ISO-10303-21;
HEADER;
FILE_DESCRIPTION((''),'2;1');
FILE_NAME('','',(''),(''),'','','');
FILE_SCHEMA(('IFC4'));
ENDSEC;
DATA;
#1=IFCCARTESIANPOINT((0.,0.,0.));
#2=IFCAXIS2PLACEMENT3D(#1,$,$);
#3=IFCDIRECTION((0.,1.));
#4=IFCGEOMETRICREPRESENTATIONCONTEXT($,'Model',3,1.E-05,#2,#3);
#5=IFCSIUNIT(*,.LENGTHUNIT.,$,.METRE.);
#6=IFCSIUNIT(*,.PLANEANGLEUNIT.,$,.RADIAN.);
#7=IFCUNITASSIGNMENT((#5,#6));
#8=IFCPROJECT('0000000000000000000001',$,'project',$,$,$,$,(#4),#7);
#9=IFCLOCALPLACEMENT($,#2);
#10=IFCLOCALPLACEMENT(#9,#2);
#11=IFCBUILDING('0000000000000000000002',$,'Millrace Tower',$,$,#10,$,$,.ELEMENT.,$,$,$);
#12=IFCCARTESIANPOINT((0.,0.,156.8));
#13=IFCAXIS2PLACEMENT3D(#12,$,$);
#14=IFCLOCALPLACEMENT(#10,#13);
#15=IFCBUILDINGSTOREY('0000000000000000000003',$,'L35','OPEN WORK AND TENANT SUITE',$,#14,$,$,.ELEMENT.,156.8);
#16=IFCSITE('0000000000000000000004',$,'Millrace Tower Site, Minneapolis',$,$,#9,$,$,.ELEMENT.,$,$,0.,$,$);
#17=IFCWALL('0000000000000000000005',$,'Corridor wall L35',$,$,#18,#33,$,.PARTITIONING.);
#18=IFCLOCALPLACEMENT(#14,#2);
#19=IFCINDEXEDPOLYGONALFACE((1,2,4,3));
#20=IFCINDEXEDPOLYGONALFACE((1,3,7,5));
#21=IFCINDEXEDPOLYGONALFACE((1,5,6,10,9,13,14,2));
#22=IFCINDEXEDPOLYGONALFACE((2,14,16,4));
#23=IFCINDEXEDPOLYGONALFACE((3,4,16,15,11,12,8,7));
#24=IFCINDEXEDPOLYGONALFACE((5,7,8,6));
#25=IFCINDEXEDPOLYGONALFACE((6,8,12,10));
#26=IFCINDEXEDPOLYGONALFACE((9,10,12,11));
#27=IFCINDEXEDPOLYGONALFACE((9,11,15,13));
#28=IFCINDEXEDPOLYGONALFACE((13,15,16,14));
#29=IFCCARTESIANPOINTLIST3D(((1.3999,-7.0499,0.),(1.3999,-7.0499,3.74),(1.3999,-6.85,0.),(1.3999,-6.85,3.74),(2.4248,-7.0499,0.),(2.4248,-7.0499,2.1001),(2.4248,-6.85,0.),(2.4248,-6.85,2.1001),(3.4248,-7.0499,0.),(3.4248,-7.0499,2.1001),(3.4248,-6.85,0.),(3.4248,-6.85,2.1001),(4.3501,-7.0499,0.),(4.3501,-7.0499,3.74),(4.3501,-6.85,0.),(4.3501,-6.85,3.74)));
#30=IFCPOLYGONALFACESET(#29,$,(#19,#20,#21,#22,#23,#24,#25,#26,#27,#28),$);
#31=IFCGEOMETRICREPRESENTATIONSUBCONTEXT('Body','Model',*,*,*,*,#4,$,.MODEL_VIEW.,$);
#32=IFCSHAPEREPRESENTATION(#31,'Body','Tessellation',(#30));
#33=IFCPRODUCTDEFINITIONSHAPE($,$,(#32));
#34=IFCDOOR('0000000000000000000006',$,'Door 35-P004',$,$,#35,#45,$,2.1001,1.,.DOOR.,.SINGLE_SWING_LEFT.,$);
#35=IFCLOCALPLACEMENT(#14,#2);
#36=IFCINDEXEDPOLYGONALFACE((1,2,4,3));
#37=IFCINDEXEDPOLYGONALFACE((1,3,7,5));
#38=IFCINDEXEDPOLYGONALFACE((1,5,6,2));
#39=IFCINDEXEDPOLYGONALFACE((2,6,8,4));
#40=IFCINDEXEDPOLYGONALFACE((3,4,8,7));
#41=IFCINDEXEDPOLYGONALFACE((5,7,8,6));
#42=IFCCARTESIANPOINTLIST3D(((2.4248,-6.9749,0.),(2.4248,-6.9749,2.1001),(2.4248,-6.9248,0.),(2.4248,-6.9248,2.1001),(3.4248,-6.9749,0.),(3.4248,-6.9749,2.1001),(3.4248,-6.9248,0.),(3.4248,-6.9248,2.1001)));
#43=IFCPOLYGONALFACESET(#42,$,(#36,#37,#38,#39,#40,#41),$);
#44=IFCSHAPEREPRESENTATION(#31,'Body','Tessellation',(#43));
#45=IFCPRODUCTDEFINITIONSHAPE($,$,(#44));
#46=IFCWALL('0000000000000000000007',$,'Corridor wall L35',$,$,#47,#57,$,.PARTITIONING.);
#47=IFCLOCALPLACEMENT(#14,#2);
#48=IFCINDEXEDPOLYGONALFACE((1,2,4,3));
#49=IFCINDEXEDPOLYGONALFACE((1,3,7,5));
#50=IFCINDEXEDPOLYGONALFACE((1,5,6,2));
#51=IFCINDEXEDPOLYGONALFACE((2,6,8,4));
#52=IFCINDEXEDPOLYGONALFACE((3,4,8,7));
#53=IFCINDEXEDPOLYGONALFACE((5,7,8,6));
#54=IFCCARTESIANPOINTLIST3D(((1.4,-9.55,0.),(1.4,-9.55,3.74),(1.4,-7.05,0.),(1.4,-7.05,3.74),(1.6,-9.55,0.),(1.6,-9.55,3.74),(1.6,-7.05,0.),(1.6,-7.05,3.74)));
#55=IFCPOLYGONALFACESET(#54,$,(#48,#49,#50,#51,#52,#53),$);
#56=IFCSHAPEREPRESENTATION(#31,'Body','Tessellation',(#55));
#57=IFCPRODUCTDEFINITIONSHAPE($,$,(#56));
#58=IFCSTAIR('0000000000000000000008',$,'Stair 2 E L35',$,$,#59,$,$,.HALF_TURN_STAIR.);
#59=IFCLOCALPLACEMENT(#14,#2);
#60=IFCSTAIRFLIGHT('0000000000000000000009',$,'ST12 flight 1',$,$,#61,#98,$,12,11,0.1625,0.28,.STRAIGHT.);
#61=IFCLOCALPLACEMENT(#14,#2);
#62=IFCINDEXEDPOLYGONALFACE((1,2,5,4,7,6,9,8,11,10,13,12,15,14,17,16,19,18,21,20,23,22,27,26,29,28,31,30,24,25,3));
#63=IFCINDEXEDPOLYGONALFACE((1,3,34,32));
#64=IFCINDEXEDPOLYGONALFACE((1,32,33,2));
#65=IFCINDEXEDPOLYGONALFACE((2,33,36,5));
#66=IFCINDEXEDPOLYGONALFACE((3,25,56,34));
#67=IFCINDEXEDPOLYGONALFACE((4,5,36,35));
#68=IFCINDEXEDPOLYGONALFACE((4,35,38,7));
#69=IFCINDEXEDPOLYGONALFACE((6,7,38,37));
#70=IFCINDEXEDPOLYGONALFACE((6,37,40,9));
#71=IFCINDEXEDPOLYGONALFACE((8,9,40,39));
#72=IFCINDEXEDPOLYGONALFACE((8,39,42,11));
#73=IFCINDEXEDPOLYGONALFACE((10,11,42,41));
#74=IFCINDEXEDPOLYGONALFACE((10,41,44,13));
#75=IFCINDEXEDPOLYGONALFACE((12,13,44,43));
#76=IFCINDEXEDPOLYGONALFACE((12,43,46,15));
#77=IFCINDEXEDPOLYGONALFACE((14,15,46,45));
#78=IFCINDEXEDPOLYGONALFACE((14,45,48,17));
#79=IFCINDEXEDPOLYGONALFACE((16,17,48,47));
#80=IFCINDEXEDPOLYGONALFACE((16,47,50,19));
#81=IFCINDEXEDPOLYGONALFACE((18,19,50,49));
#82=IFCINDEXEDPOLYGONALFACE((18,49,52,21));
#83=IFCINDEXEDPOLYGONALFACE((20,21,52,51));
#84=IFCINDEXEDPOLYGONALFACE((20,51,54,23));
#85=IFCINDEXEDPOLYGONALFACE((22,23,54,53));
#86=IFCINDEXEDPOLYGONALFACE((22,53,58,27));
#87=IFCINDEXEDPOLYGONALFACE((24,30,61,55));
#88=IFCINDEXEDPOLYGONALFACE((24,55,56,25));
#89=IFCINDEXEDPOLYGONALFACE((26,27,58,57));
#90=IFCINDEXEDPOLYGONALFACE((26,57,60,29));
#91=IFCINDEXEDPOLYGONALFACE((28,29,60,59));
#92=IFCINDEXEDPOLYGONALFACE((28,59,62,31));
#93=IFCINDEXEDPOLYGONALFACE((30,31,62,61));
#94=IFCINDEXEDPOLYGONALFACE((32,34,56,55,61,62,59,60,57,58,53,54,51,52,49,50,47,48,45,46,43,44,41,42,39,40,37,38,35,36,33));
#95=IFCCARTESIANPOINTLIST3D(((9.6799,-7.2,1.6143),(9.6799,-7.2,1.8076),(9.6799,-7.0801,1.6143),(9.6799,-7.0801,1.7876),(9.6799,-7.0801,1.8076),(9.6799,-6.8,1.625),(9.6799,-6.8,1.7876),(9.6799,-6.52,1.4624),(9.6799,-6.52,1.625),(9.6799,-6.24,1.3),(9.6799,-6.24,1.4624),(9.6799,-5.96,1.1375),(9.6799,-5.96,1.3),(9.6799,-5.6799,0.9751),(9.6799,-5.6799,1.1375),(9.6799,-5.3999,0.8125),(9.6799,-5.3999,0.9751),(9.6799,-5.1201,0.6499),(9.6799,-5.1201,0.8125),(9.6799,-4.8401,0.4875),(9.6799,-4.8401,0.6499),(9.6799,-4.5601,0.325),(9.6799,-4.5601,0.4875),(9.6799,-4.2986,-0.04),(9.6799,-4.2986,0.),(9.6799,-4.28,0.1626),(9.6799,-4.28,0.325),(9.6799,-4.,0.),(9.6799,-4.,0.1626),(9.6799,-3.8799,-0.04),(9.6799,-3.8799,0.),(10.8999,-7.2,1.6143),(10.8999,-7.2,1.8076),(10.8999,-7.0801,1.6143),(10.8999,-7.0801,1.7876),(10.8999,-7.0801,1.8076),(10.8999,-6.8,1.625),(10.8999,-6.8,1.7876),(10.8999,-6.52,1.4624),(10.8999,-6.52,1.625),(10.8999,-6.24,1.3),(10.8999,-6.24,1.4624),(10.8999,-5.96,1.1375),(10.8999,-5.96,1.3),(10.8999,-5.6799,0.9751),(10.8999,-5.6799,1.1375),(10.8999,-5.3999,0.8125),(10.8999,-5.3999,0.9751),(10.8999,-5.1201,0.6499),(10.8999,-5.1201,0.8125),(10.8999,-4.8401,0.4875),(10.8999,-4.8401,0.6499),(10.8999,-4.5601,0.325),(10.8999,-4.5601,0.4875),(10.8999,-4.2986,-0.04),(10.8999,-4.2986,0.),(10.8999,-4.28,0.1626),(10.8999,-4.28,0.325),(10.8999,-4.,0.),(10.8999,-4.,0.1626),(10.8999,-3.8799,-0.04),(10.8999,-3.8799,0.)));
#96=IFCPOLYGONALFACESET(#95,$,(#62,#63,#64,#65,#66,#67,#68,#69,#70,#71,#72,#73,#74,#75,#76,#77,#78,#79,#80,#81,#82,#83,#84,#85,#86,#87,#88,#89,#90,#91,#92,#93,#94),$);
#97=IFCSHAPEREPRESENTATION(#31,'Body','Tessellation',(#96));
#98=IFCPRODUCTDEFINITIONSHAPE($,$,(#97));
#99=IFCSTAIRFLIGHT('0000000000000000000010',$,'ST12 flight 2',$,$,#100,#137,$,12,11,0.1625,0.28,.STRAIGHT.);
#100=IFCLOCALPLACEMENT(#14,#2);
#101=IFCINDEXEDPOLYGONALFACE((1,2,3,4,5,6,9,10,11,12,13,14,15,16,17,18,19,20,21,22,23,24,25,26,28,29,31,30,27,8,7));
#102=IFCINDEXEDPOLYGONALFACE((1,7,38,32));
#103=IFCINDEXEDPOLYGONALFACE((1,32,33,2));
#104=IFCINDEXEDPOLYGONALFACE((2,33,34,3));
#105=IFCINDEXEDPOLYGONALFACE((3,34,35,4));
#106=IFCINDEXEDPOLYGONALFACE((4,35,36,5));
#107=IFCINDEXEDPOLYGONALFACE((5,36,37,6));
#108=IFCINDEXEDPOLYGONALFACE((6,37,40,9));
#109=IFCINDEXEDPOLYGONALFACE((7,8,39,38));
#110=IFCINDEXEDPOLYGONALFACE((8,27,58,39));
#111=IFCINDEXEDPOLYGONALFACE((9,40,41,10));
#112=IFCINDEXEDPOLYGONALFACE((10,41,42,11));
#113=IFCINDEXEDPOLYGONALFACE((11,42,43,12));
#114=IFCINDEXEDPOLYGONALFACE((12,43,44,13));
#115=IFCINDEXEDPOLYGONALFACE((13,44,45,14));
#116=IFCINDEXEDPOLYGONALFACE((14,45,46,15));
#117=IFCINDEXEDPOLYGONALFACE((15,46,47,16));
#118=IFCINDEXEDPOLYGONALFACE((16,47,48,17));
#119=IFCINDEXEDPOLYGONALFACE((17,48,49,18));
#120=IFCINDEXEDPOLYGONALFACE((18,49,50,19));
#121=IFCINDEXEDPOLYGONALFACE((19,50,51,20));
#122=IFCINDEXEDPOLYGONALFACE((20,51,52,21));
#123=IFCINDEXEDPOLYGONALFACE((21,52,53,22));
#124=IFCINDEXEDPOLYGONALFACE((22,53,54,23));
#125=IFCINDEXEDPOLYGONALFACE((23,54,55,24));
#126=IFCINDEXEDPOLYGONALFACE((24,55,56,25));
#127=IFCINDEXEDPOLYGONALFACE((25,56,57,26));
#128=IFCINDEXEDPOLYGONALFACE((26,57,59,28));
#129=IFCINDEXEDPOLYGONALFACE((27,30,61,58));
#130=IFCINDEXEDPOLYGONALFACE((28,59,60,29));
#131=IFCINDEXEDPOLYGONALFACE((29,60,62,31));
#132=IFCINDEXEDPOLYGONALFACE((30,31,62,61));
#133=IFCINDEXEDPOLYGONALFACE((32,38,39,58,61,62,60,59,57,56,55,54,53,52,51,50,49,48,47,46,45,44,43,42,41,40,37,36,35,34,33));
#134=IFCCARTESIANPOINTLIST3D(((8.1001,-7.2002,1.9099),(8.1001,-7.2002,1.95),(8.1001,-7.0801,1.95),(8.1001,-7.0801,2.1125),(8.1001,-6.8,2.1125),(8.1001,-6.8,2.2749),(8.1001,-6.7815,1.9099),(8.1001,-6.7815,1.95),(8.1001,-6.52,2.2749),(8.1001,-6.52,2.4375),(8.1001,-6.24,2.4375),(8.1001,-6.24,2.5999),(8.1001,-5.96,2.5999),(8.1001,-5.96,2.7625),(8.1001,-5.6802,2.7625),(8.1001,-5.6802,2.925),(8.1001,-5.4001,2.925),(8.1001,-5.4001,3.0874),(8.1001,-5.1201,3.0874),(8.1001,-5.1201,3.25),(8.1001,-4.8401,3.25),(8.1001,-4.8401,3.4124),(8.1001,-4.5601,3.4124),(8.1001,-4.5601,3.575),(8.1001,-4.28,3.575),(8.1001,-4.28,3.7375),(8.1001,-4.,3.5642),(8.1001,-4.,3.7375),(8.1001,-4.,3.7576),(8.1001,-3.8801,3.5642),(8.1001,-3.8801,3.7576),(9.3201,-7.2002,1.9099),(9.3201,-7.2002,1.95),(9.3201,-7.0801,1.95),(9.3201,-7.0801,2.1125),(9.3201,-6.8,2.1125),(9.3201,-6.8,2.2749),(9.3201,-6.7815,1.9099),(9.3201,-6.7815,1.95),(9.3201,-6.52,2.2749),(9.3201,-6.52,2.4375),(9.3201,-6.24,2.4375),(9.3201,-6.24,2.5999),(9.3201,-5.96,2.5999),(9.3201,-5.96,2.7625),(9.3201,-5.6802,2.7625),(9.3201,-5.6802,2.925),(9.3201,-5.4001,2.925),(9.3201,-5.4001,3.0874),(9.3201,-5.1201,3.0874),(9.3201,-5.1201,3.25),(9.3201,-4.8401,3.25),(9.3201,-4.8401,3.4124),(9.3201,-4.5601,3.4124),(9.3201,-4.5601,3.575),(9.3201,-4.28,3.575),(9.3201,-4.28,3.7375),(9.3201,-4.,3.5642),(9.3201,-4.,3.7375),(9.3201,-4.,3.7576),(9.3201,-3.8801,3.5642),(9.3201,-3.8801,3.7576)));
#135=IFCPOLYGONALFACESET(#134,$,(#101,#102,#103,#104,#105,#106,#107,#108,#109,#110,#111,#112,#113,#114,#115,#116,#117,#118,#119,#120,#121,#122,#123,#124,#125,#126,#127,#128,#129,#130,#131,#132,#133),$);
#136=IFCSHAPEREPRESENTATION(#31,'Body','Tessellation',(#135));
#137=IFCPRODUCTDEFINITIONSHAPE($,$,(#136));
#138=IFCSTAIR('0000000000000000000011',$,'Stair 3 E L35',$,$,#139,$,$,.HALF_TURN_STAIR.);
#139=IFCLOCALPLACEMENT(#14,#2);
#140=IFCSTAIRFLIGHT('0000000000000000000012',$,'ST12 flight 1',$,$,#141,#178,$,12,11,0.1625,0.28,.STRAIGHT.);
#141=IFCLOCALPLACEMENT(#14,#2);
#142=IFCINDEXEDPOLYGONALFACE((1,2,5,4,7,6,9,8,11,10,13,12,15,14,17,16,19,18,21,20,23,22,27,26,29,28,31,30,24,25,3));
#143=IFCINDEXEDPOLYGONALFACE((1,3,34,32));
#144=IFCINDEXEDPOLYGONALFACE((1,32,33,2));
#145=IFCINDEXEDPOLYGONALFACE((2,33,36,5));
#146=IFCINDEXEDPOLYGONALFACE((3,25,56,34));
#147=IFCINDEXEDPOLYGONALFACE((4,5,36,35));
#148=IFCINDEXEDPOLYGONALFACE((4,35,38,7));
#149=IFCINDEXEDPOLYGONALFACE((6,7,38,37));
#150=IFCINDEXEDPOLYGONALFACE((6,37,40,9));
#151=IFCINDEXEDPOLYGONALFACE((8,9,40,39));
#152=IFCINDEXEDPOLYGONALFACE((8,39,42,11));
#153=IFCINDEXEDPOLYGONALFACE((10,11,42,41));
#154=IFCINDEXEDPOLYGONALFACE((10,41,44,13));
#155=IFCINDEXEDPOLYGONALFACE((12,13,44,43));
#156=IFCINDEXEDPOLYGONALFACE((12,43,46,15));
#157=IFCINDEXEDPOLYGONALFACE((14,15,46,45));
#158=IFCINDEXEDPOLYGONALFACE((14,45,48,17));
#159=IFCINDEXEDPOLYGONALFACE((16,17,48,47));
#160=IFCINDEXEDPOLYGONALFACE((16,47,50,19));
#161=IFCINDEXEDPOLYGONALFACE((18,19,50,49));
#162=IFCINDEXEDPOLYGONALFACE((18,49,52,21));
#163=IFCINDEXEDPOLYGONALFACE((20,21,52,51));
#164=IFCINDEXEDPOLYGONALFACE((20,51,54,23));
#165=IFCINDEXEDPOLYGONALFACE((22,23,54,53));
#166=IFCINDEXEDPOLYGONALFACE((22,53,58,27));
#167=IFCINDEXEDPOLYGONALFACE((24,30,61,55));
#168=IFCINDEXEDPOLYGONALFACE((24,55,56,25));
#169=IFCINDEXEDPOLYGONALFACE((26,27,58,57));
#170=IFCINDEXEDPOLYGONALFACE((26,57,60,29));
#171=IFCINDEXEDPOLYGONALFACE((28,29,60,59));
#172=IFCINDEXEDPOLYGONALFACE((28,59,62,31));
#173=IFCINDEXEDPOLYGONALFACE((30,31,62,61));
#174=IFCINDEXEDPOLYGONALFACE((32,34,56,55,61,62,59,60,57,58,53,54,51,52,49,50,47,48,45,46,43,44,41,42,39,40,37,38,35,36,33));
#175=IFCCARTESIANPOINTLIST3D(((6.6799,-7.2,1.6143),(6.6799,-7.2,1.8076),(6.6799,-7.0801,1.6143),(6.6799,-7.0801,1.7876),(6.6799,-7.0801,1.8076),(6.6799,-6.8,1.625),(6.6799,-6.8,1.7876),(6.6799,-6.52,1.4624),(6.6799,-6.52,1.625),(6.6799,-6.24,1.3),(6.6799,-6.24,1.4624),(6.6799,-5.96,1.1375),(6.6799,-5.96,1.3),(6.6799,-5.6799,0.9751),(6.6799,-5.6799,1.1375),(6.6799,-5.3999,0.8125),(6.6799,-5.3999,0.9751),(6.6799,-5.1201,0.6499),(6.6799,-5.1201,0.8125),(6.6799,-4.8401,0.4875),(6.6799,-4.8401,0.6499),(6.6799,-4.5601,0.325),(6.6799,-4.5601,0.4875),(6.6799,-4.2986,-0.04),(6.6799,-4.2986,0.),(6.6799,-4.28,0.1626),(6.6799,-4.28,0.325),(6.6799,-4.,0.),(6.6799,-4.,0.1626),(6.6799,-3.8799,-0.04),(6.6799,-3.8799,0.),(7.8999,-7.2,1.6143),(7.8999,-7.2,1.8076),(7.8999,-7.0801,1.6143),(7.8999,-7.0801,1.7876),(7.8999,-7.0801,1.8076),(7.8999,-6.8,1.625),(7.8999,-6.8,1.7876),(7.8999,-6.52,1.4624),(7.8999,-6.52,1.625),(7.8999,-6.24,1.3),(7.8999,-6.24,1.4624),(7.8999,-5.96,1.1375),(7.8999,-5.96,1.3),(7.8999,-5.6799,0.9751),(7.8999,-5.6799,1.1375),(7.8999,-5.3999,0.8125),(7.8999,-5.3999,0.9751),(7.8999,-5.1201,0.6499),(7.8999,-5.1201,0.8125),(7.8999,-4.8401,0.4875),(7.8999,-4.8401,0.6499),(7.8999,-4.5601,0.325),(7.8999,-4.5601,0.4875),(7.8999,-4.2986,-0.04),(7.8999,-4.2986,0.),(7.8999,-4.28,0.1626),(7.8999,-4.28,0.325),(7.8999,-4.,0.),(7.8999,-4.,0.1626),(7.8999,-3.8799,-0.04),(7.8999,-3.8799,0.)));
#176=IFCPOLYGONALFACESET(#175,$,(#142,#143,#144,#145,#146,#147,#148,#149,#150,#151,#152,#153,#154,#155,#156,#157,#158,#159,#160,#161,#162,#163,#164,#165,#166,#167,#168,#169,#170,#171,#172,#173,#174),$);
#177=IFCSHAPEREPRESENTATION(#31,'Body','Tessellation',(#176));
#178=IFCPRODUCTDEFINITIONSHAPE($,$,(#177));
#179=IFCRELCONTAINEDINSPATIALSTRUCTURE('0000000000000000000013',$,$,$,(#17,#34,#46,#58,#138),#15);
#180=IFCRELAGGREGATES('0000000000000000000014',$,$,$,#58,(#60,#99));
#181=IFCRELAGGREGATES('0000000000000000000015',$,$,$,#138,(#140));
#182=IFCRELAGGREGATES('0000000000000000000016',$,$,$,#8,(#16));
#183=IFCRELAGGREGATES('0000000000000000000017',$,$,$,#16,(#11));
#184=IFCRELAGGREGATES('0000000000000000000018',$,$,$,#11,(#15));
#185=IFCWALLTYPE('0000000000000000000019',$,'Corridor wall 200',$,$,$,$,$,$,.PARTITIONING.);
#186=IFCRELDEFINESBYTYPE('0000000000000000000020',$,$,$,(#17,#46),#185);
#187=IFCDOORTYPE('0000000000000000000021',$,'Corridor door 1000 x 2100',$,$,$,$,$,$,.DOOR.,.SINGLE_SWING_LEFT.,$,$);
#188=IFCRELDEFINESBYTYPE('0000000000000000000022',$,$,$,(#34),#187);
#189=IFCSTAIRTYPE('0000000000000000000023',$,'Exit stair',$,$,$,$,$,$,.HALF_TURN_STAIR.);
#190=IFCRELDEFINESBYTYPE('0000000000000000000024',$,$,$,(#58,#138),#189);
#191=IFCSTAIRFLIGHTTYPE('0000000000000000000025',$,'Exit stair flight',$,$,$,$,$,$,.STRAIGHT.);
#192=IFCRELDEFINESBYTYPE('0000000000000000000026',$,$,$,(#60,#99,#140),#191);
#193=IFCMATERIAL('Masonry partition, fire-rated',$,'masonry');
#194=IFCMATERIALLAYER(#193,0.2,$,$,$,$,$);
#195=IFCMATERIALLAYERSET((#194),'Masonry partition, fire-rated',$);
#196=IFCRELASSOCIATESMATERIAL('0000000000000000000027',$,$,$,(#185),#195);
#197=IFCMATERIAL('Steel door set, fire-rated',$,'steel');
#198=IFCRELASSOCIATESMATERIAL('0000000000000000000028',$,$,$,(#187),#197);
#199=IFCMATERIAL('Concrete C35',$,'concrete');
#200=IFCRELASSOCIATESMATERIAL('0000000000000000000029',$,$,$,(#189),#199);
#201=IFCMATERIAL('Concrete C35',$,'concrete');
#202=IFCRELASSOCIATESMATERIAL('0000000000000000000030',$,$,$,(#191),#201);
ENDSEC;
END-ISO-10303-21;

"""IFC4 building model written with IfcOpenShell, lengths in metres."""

from ifc_helpers import new_model, si_unit, direction, frame, frame_2d, origin, place, context, subcontext, project, spatial, polyline, rectangle, outline, extrude, material, layer, layer_set, type_object, element, fill, aggregate, save


model = new_model("IFC4")

# Units and contexts
model_context = context("Model", 3, precision=1e-05, world=origin(), true_north=direction((0.0, 1.0)))
body_context = subcontext(model_context, "Body", "Model", "MODEL_VIEW")
ifc_project = project(units=[si_unit("LENGTHUNIT", "METRE"), si_unit("PLANEANGLEUNIT", "RADIAN")], contexts=[model_context])

# Site, building, storey
site_placement = place(None, origin())
site = spatial("IfcSite", under=ifc_project, at=site_placement, Name="Millrace Tower Site, Minneapolis", CompositionType="ELEMENT", RefElevation=0.0)
building_placement = place(site_placement, origin())
building = spatial("IfcBuilding", under=site, at=building_placement, Name="Millrace Tower", CompositionType="ELEMENT")
storey_placement = place(building_placement, frame((0.0, 0.0, 156.8)))
storey = spatial("IfcBuildingStorey", under=building, at=storey_placement, Name="L35", Description="OPEN WORK AND TENANT SUITE", CompositionType="ELEMENT", Elevation=156.8)

# Shared definitions
placement = place(storey_placement, origin())

# Shared definitions
ifc_material_1 = material(Name="Masonry partition, fire-rated", Category="masonry")
ifc_layer_1 = layer(ifc_material_1, 0.2)
ifc_layer_set_1 = layer_set([ifc_layer_1], Name="Masonry partition, fire-rated")
wall_type = type_object("IfcWallType", Name="Corridor wall 200", PredefinedType="PARTITIONING", material=ifc_layer_set_1)

# Wall, opening, door
wall_1_placement = place(storey_placement, frame((1.3999, -6.95, 0.0), z_axis=(0.0, 0.0, 1.0), x_axis=(1.0, 0.0, 0.0)))
wall_1 = element("IfcWall", 1, at=wall_1_placement, inside=storey, type_object=wall_type, Name="Corridor wall L35", PredefinedType="PARTITIONING", context=body_context, shape_type="SweptSolid", body=[
    extrude(rectangle(XDim=2.9502, YDim=0.2, at=frame_2d((1.4751, 0.0))), origin(), (0.0, 0.0, 1.0), 3.74),
])
opening_placement = place(wall_1_placement, frame((1.0249, 0.0, 0.0)))
opening = element("IfcOpeningElement", 2, at=opening_placement, cuts=wall_1, PredefinedType="OPENING", context=body_context, shape_type="SweptSolid", body=[
    extrude(rectangle(XDim=1.0, YDim=2.1001, at=frame_2d((0.5, 1.05))), frame((0.0, 0.1099, 0.0), z_axis=(0.0, -1.0, 0.0), x_axis=(1.0, 0.0, 0.0)), (0.0, 0.0, 1.0), 0.22),
])
ifc_material_2 = material(Name="Steel door set, fire-rated", Category="steel")
door_type = type_object("IfcDoorType", Name="Corridor door 1000 x 2100", OperationType="SINGLE_SWING_LEFT", PredefinedType="DOOR", material=ifc_material_2)
door_placement = place(opening_placement, frame((1.0, 0.0, 0.0), z_axis=(0.0, 0.0, 1.0), x_axis=(-1.0, 0.0, 0.0)))
door = element("IfcDoor", 3, at=door_placement, inside=storey, type_object=door_type, Name="Door 35-P004", OperationType="SINGLE_SWING_LEFT", OverallHeight=2.1001, OverallWidth=1.0, PredefinedType="DOOR", context=body_context, shape_type="SweptSolid", body=[
    extrude(rectangle(XDim=1.0, YDim=2.1001, at=frame_2d((0.5, 1.05))), frame((0.0, 0.0249, 0.0), z_axis=(0.0, -1.0, 0.0), x_axis=(1.0, 0.0, 0.0)), (0.0, 0.0, 1.0), 0.05),
])
fill(opening, door)

# Wall
wall_2_placement = place(storey_placement, frame((1.5, -9.55, 0.0), z_axis=(0.0, 0.0, 1.0), x_axis=(0.0, 1.0, 0.0)))
element("IfcWall", 4, at=wall_2_placement, inside=storey, type_object=wall_type, Name="Corridor wall L35", PredefinedType="PARTITIONING", context=body_context, shape_type="SweptSolid", body=[
    extrude(rectangle(XDim=2.5, YDim=0.2, at=frame_2d((1.25, 0.0))), origin(), (0.0, 0.0, 1.0), 3.74),
])

# Stairs, stair flights
ifc_material_3 = material(Name="Concrete C35", Category="concrete")
stair_type = type_object("IfcStairType", Name="Exit stair", PredefinedType="HALF_TURN_STAIR", material=ifc_material_3)
stair_1 = element("IfcStair", 5, at=placement, inside=storey, type_object=stair_type, Name="Stair 2 E L35", PredefinedType="HALF_TURN_STAIR")
ifc_material_4 = material(Name="Concrete C35", Category="concrete")
stair_flight_type = type_object("IfcStairFlightType", Name="Exit stair flight", PredefinedType="STRAIGHT", material=ifc_material_4)
stair_flight_1_placement = place(storey_placement, frame((10.29, -4.0, 0.0), z_axis=(0.0, 0.0, 1.0), x_axis=(0.0, -1.0, 0.0)))
stair_flight_1 = element("IfcStairFlight", 6, at=stair_flight_1_placement, type_object=stair_flight_type, Name="ST12 flight 1", NumberOfRisers=12, NumberOfTreads=11, PredefinedType="STRAIGHT", RiserHeight=0.1625, TreadLength=0.28, context=body_context, shape_type="SweptSolid", body=[
    extrude(outline(polyline([(-0.1201, -0.04), (-0.1201, 0.0), (0.0, 0.0), (0.0, 0.1626), (0.28, 0.1626), (0.28, 0.325), (0.5601, 0.325), (0.5601, 0.4875), (0.8401, 0.4875), (0.8401, 0.6499), (1.1201, 0.6499), (1.1201, 0.8125), (1.3999, 0.8125), (1.3999, 0.9751), (1.6799, 0.9751), (1.6799, 1.1375), (1.96, 1.1375), (1.96, 1.3), (2.24, 1.3), (2.24, 1.4624), (2.52, 1.4624), (2.52, 1.625), (2.8, 1.625), (2.8, 1.7876), (3.0801, 1.7876), (3.0801, 1.8076), (3.2, 1.8076), (3.2, 1.6143), (3.0801, 1.6143), (0.2986, 0.0), (0.2986, -0.04), (-0.1201, -0.04)])), frame((0.0, 0.6099, 0.0), z_axis=(0.0, -1.0, 0.0), x_axis=(1.0, 0.0, 0.0)), (0.0, 0.0, 1.0), 1.22),
])
stair_flight_2_placement = place(storey_placement, frame((8.71, -7.0801, 1.95), z_axis=(0.0, 0.0, 1.0), x_axis=(0.0, 1.0, 0.0)))
stair_flight_2 = element("IfcStairFlight", 7, at=stair_flight_2_placement, type_object=stair_flight_type, Name="ST12 flight 2", NumberOfRisers=12, NumberOfTreads=11, PredefinedType="STRAIGHT", RiserHeight=0.1625, TreadLength=0.28, context=body_context, shape_type="SweptSolid", body=[
    extrude(outline(polyline([(-0.1201, -0.04), (-0.1201, 0.0), (0.0, 0.0), (0.0, 0.1626), (0.28, 0.1626), (0.28, 0.325), (0.5601, 0.325), (0.5601, 0.4875), (0.8401, 0.4875), (0.8401, 0.6499), (1.1201, 0.6499), (1.1201, 0.8125), (1.3999, 0.8125), (1.3999, 0.9751), (1.6799, 0.9751), (1.6799, 1.1375), (1.96, 1.1375), (1.96, 1.3), (2.24, 1.3), (2.24, 1.4624), (2.52, 1.4624), (2.52, 1.625), (2.8, 1.625), (2.8, 1.7876), (3.0801, 1.7876), (3.0801, 1.8076), (3.2, 1.8076), (3.2, 1.6143), (3.0801, 1.6143), (0.2986, 0.0), (0.2986, -0.04), (-0.1201, -0.04)])), frame((0.0, 0.6099, 0.0), z_axis=(0.0, -1.0, 0.0), x_axis=(1.0, 0.0, 0.0)), (0.0, 0.0, 1.0), 1.22),
])
aggregate(stair_1, [stair_flight_1, stair_flight_2])
stair_2 = element("IfcStair", 8, at=placement, inside=storey, type_object=stair_type, Name="Stair 3 E L35", PredefinedType="HALF_TURN_STAIR")
stair_flight_3_placement = place(storey_placement, frame((7.29, -4.0, 0.0), z_axis=(0.0, 0.0, 1.0), x_axis=(0.0, -1.0, 0.0)))
stair_flight_3 = element("IfcStairFlight", 9, at=stair_flight_3_placement, type_object=stair_flight_type, Name="ST12 flight 1", NumberOfRisers=12, NumberOfTreads=11, PredefinedType="STRAIGHT", RiserHeight=0.1625, TreadLength=0.28, context=body_context, shape_type="SweptSolid", body=[
    extrude(outline(polyline([(-0.1201, -0.04), (-0.1201, 0.0), (0.0, 0.0), (0.0, 0.1626), (0.28, 0.1626), (0.28, 0.325), (0.5601, 0.325), (0.5601, 0.4875), (0.8401, 0.4875), (0.8401, 0.6499), (1.1201, 0.6499), (1.1201, 0.8125), (1.3999, 0.8125), (1.3999, 0.9751), (1.6799, 0.9751), (1.6799, 1.1375), (1.96, 1.1375), (1.96, 1.3), (2.24, 1.3), (2.24, 1.4624), (2.52, 1.4624), (2.52, 1.625), (2.8, 1.625), (2.8, 1.7876), (3.0801, 1.7876), (3.0801, 1.8076), (3.2, 1.8076), (3.2, 1.6143), (3.0801, 1.6143), (0.2986, 0.0), (0.2986, -0.04), (-0.1201, -0.04)])), frame((0.0, 0.6099, 0.0), z_axis=(0.0, -1.0, 0.0), x_axis=(1.0, 0.0, 0.0)), (0.0, 0.0, 1.0), 1.22),
])
aggregate(stair_2, [stair_flight_3])

save(model, "model.ifc")
